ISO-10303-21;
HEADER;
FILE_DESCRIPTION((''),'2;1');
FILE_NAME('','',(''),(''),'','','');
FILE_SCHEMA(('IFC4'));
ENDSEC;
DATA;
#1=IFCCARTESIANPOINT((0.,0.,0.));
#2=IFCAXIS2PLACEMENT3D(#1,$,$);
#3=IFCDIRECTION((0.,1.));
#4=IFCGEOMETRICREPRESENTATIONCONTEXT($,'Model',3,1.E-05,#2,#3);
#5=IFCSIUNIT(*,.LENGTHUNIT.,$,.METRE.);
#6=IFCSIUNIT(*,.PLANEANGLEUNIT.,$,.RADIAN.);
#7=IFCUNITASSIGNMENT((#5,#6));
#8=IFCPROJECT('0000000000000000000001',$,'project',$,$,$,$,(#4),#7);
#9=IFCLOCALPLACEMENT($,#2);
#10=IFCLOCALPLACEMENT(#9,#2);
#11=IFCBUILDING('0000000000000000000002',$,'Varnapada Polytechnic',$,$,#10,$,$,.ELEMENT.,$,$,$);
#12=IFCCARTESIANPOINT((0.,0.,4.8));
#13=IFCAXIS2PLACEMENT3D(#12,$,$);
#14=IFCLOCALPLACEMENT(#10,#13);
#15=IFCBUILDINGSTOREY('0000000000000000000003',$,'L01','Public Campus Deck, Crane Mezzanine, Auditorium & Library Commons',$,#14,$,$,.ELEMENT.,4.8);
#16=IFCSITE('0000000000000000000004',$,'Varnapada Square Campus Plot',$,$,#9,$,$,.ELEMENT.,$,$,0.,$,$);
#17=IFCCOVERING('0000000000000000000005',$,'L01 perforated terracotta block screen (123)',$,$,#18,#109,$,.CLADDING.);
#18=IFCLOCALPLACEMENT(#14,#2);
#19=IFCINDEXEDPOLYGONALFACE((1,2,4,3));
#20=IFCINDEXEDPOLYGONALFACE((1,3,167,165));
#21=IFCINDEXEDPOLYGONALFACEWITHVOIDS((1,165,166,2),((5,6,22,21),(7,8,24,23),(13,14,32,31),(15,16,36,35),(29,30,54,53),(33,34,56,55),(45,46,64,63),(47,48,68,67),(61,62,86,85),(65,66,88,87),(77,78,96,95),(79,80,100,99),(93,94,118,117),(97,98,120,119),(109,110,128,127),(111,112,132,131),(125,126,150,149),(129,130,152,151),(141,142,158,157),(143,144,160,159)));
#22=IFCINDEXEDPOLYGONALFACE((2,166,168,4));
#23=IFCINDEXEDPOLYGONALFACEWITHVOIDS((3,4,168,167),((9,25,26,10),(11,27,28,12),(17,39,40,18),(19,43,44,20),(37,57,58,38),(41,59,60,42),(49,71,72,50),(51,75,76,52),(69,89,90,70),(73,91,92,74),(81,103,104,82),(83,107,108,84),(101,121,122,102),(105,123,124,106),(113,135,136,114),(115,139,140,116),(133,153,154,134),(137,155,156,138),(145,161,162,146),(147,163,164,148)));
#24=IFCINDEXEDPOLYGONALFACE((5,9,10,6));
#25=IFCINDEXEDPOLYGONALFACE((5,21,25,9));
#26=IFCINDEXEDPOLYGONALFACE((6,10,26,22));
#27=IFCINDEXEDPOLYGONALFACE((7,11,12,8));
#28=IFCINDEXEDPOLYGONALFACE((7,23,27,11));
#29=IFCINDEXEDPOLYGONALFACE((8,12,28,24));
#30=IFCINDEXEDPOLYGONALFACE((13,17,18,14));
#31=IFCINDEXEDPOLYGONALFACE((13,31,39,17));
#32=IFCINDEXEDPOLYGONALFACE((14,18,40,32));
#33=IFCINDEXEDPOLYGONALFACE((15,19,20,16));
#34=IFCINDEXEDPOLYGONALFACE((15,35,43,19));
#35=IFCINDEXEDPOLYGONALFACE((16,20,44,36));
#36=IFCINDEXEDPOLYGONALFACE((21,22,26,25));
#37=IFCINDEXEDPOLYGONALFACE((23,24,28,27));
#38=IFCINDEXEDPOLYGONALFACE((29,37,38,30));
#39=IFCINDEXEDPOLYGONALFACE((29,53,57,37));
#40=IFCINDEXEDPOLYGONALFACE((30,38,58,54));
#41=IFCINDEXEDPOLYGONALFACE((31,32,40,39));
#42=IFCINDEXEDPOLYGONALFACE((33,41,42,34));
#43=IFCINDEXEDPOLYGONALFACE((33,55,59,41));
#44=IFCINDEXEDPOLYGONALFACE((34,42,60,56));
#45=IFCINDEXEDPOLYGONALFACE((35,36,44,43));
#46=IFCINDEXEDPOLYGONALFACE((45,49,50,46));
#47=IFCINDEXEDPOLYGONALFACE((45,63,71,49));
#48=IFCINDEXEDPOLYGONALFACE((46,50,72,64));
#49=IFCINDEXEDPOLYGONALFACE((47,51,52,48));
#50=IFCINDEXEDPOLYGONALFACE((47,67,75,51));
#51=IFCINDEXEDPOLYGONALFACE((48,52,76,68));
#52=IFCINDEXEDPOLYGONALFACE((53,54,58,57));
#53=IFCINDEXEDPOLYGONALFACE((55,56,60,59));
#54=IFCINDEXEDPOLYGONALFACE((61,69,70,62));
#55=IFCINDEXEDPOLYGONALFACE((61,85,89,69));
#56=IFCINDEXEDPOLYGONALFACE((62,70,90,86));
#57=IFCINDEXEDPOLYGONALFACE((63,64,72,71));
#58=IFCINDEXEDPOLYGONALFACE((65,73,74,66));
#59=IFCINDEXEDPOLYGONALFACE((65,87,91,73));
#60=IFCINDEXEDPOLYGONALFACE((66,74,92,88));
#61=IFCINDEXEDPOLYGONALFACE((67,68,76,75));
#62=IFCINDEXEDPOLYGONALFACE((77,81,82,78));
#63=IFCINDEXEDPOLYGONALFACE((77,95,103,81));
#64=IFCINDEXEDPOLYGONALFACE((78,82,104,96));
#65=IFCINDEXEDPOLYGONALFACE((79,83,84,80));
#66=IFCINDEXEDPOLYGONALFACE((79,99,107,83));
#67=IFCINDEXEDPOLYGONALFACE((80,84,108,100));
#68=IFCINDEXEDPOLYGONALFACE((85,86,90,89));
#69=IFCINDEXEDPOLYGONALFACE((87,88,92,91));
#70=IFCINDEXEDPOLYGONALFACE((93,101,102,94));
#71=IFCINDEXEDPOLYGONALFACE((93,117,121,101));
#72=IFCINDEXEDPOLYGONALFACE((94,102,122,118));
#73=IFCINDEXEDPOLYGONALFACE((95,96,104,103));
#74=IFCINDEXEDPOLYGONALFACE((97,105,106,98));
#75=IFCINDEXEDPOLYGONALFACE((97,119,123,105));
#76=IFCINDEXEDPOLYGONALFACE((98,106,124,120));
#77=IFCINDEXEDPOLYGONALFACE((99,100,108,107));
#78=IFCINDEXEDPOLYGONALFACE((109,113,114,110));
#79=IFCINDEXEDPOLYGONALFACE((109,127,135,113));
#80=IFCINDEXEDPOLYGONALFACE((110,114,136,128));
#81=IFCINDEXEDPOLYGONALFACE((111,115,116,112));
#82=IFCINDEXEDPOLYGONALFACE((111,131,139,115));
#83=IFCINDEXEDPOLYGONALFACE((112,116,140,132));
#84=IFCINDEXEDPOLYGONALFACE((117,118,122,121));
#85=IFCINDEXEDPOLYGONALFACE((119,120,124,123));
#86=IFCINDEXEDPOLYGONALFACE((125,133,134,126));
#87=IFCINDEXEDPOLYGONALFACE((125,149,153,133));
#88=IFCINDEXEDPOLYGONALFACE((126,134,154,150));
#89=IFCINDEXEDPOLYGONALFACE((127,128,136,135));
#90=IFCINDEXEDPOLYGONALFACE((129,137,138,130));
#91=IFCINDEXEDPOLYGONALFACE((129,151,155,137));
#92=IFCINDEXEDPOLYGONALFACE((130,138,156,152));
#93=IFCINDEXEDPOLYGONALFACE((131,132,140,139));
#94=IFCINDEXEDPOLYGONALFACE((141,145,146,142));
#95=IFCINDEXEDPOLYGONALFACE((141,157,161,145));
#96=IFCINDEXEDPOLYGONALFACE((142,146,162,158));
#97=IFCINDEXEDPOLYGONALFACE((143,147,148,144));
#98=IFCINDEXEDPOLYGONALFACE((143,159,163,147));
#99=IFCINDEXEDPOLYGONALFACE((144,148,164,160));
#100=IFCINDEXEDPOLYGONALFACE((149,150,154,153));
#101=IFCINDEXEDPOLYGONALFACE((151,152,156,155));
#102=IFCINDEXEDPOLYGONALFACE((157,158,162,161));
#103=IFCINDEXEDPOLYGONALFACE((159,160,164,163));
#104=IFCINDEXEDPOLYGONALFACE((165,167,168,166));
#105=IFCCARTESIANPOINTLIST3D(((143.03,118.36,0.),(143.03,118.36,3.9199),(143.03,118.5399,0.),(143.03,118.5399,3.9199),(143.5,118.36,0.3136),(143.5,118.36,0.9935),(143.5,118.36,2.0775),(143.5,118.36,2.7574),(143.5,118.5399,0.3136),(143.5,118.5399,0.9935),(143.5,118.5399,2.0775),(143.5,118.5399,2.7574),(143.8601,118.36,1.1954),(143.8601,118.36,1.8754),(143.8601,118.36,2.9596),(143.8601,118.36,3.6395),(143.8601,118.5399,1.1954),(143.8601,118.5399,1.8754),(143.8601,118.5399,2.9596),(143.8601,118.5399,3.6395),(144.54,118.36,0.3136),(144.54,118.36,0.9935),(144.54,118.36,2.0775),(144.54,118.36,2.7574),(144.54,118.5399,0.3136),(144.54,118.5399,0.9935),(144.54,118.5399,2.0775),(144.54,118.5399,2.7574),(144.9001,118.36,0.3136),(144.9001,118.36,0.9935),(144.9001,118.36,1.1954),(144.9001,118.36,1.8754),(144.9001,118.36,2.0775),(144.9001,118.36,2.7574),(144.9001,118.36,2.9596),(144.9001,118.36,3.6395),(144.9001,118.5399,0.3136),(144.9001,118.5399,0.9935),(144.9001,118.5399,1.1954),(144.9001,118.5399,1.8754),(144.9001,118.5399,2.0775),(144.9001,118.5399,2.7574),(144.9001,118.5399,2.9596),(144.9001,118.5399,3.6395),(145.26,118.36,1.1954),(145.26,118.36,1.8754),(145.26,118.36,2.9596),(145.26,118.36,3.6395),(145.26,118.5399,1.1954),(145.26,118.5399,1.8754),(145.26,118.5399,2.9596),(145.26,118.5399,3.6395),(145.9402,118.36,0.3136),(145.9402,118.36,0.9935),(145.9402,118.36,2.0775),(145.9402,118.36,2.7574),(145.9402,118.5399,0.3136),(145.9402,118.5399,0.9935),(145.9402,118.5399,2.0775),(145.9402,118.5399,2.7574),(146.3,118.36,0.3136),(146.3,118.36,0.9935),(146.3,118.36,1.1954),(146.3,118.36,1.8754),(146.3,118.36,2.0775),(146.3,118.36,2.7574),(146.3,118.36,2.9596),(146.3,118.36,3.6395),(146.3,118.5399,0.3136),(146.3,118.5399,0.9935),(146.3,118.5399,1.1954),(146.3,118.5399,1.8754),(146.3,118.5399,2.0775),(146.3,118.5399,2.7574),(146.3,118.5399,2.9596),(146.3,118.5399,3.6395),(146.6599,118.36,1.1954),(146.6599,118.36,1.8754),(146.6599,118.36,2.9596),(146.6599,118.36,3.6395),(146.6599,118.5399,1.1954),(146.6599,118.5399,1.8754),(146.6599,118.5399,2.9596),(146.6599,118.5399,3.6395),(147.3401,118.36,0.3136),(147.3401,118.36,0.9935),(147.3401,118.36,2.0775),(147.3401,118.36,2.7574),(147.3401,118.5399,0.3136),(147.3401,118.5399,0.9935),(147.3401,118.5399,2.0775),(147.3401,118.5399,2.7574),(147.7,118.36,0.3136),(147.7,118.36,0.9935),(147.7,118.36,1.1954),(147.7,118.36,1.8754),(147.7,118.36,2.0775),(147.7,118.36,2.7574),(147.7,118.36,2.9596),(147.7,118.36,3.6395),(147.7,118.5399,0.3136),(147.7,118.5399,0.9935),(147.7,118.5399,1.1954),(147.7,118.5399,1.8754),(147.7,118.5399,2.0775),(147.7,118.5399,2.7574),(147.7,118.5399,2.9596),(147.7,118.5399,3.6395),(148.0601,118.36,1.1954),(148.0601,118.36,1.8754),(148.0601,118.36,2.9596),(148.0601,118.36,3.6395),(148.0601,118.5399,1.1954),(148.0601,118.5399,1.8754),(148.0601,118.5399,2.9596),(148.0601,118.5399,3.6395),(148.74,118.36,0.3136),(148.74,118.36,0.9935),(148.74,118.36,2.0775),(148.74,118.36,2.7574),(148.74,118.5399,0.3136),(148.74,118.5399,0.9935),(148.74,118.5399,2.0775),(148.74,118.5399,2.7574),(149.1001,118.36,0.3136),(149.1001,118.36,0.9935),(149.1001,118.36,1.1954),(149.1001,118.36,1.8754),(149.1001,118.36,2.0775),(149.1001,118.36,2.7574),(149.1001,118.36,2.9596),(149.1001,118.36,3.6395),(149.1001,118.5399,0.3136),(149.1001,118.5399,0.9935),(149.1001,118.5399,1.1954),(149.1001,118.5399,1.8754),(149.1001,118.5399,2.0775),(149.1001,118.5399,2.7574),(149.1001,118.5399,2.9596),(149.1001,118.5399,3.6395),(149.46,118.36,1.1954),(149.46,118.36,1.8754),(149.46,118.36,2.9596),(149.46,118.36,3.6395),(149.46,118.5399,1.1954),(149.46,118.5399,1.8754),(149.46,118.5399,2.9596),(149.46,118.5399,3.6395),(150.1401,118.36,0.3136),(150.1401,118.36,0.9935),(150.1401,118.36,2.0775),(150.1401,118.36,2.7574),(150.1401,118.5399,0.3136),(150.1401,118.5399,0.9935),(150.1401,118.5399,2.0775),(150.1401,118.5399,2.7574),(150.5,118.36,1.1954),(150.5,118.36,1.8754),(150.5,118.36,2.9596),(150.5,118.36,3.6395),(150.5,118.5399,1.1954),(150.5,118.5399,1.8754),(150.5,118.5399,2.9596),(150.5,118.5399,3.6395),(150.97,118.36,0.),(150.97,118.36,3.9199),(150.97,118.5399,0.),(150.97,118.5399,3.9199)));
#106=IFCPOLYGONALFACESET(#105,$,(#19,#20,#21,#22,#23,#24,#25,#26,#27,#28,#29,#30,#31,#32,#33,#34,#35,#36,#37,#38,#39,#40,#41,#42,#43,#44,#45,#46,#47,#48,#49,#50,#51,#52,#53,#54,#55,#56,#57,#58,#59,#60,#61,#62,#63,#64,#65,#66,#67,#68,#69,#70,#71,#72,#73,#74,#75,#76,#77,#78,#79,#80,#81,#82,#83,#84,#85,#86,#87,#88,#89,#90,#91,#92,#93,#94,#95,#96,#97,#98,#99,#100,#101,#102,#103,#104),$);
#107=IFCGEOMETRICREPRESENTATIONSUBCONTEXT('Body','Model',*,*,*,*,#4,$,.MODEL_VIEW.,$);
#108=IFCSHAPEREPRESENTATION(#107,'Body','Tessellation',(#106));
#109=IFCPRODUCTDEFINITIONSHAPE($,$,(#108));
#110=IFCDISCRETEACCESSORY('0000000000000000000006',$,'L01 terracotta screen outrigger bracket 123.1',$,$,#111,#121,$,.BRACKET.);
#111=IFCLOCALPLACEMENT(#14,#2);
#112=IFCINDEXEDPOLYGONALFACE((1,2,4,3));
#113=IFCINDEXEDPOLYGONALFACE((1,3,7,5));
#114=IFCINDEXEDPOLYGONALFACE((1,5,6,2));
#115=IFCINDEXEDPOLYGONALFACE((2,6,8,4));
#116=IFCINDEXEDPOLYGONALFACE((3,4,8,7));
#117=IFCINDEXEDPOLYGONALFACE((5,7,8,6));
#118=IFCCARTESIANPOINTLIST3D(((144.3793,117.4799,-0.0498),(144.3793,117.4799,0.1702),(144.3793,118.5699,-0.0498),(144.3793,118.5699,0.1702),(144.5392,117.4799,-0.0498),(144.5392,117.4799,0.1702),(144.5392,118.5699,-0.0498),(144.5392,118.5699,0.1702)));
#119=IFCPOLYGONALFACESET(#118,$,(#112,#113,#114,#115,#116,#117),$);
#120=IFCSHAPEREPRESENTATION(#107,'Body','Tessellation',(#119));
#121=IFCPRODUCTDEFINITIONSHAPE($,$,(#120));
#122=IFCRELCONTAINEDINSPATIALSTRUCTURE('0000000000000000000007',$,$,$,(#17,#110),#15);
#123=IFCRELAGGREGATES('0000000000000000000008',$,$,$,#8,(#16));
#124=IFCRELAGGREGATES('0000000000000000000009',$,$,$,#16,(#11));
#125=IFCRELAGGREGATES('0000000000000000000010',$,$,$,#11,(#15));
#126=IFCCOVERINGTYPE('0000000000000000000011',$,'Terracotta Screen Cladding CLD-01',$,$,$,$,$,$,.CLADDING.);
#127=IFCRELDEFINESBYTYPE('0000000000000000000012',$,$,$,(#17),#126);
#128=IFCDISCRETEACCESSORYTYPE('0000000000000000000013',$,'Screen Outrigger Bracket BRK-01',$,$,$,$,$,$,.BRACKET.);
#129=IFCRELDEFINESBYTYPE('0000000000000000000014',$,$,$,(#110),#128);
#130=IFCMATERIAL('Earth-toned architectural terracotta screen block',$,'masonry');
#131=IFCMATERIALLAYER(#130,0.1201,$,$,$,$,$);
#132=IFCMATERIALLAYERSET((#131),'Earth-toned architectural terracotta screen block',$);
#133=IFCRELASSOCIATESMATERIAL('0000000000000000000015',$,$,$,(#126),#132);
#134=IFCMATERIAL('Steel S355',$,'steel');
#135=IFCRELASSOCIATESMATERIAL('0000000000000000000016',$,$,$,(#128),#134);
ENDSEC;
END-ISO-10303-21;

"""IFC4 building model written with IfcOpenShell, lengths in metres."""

from ifc_helpers import new_model, si_unit, direction, frame, frame_2d, origin, origin_2d, place, context, subcontext, project, spatial, rectangle, extrude, material, layer, layer_set, type_object, element, save


model = new_model("IFC4")

# Units and contexts
model_context = context("Model", 3, precision=1e-05, world=origin(), true_north=direction((0.0, 1.0)))
body_context = subcontext(model_context, "Body", "Model", "MODEL_VIEW")
ifc_project = project(units=[si_unit("LENGTHUNIT", "METRE"), si_unit("PLANEANGLEUNIT", "RADIAN")], contexts=[model_context])

# Site, building, storey
site_placement = place(None, origin())
site = spatial("IfcSite", under=ifc_project, at=site_placement, Name="Varnapada Square Campus Plot", CompositionType="ELEMENT", RefElevation=0.0)
building_placement = place(site_placement, origin())
building = spatial("IfcBuilding", under=site, at=building_placement, Name="Varnapada Polytechnic", CompositionType="ELEMENT")
storey_placement = place(building_placement, frame((0.0, 0.0, 4.8)))
storey = spatial("IfcBuildingStorey", under=building, at=storey_placement, Name="L01", Description="Public Campus Deck, Crane Mezzanine, Auditorium & Library Commons", CompositionType="ELEMENT", Elevation=4.8)

# Shared definitions
ifc_material_1 = material(Name="Steel S355", Category="steel")

# Covering, openings
ifc_material_2 = material(Name="Earth-toned architectural terracotta screen block", Category="masonry")
ifc_layer_1 = layer(ifc_material_2, 0.1201)
ifc_layer_set_1 = layer_set([ifc_layer_1], Name="Earth-toned architectural terracotta screen block")
covering_type = type_object("IfcCoveringType", Name="Terracotta Screen Cladding CLD-01", PredefinedType="CLADDING", material=ifc_layer_set_1)
covering_placement = place(storey_placement, frame((143.03, 118.45, 0.0), z_axis=(0.0, 0.0, 1.0), x_axis=(1.0, 0.0, 0.0)))
covering = element("IfcCovering", 1, at=covering_placement, inside=storey, type_object=covering_type, Name="L01 perforated terracotta block screen (123)", PredefinedType="CLADDING", context=body_context, shape_type="SweptSolid", body=[
    extrude(rectangle(XDim=7.9399, YDim=0.1799, at=frame_2d((3.97, 0.0))), origin(), (0.0, 0.0, 1.0), 3.9199),
])
opening_1_placement = place(covering_placement, frame((0.47, 0.0, 0.3137)))
element("IfcOpeningElement", 2, at=opening_1_placement, cuts=covering, PredefinedType="OPENING", context=body_context, shape_type="SweptSolid", body=[
    extrude(rectangle(XDim=1.04, YDim=0.6799, at=frame_2d((0.52, 0.3398))), frame((0.0, 0.0999, 0.0), z_axis=(0.0, -1.0, 0.0), x_axis=(1.0, 0.0, 0.0)), (0.0, 0.0, 1.0), 0.2),
])
opening_2_placement = place(covering_placement, frame((1.8701, 0.0, 0.3137)))
element("IfcOpeningElement", 3, at=opening_2_placement, cuts=covering, PredefinedType="OPENING", context=body_context, shape_type="SweptSolid", body=[
    extrude(rectangle(XDim=1.04, YDim=0.6799, at=frame_2d((0.52, 0.3398))), frame((0.0, 0.0999, 0.0), z_axis=(0.0, -1.0, 0.0), x_axis=(1.0, 0.0, 0.0)), (0.0, 0.0, 1.0), 0.2),
])
opening_3_placement = place(covering_placement, frame((3.27, 0.0, 0.3137)))
element("IfcOpeningElement", 4, at=opening_3_placement, cuts=covering, PredefinedType="OPENING", context=body_context, shape_type="SweptSolid", body=[
    extrude(rectangle(XDim=1.04, YDim=0.6799, at=frame_2d((0.52, 0.3398))), frame((0.0, 0.0999, 0.0), z_axis=(0.0, -1.0, 0.0), x_axis=(1.0, 0.0, 0.0)), (0.0, 0.0, 1.0), 0.2),
])
opening_4_placement = place(covering_placement, frame((4.6699, 0.0, 0.3137)))
element("IfcOpeningElement", 5, at=opening_4_placement, cuts=covering, PredefinedType="OPENING", context=body_context, shape_type="SweptSolid", body=[
    extrude(rectangle(XDim=1.04, YDim=0.6799, at=frame_2d((0.52, 0.3398))), frame((0.0, 0.0999, 0.0), z_axis=(0.0, -1.0, 0.0), x_axis=(1.0, 0.0, 0.0)), (0.0, 0.0, 1.0), 0.2),
])
opening_5_placement = place(covering_placement, frame((6.0701, 0.0, 0.3137)))
element("IfcOpeningElement", 6, at=opening_5_placement, cuts=covering, PredefinedType="OPENING", context=body_context, shape_type="SweptSolid", body=[
    extrude(rectangle(XDim=1.04, YDim=0.6799, at=frame_2d((0.52, 0.3398))), frame((0.0, 0.0999, 0.0), z_axis=(0.0, -1.0, 0.0), x_axis=(1.0, 0.0, 0.0)), (0.0, 0.0, 1.0), 0.2),
])
opening_6_placement = place(covering_placement, frame((0.8301, 0.0, 1.1956)))
element("IfcOpeningElement", 7, at=opening_6_placement, cuts=covering, PredefinedType="OPENING", context=body_context, shape_type="SweptSolid", body=[
    extrude(rectangle(XDim=1.04, YDim=0.6799, at=frame_2d((0.52, 0.3398))), frame((0.0, 0.0999, 0.0), z_axis=(0.0, -1.0, 0.0), x_axis=(1.0, 0.0, 0.0)), (0.0, 0.0, 1.0), 0.2),
])
opening_7_placement = place(covering_placement, frame((2.23, 0.0, 1.1956)))
element("IfcOpeningElement", 8, at=opening_7_placement, cuts=covering, PredefinedType="OPENING", context=body_context, shape_type="SweptSolid", body=[
    extrude(rectangle(XDim=1.04, YDim=0.6799, at=frame_2d((0.52, 0.3398))), frame((0.0, 0.0999, 0.0), z_axis=(0.0, -1.0, 0.0), x_axis=(1.0, 0.0, 0.0)), (0.0, 0.0, 1.0), 0.2),
])
opening_8_placement = place(covering_placement, frame((3.6299, 0.0, 1.1956)))
element("IfcOpeningElement", 9, at=opening_8_placement, cuts=covering, PredefinedType="OPENING", context=body_context, shape_type="SweptSolid", body=[
    extrude(rectangle(XDim=1.04, YDim=0.6799, at=frame_2d((0.52, 0.3398))), frame((0.0, 0.0999, 0.0), z_axis=(0.0, -1.0, 0.0), x_axis=(1.0, 0.0, 0.0)), (0.0, 0.0, 1.0), 0.2),
])
opening_9_placement = place(covering_placement, frame((5.03, 0.0, 1.1956)))
element("IfcOpeningElement", 10, at=opening_9_placement, cuts=covering, PredefinedType="OPENING", context=body_context, shape_type="SweptSolid", body=[
    extrude(rectangle(XDim=1.04, YDim=0.6799, at=frame_2d((0.52, 0.3398))), frame((0.0, 0.0999, 0.0), z_axis=(0.0, -1.0, 0.0), x_axis=(1.0, 0.0, 0.0)), (0.0, 0.0, 1.0), 0.2),
])
opening_10_placement = place(covering_placement, frame((6.4299, 0.0, 1.1956)))
element("IfcOpeningElement", 11, at=opening_10_placement, cuts=covering, PredefinedType="OPENING", context=body_context, shape_type="SweptSolid", body=[
    extrude(rectangle(XDim=1.04, YDim=0.6799, at=frame_2d((0.52, 0.3398))), frame((0.0, 0.0999, 0.0), z_axis=(0.0, -1.0, 0.0), x_axis=(1.0, 0.0, 0.0)), (0.0, 0.0, 1.0), 0.2),
])
opening_11_placement = place(covering_placement, frame((0.47, 0.0, 2.0776)))
element("IfcOpeningElement", 12, at=opening_11_placement, cuts=covering, PredefinedType="OPENING", context=body_context, shape_type="SweptSolid", body=[
    extrude(rectangle(XDim=1.04, YDim=0.6799, at=frame_2d((0.52, 0.3398))), frame((0.0, 0.0999, 0.0), z_axis=(0.0, -1.0, 0.0), x_axis=(1.0, 0.0, 0.0)), (0.0, 0.0, 1.0), 0.2),
])
opening_12_placement = place(covering_placement, frame((1.8701, 0.0, 2.0776)))
element("IfcOpeningElement", 13, at=opening_12_placement, cuts=covering, PredefinedType="OPENING", context=body_context, shape_type="SweptSolid", body=[
    extrude(rectangle(XDim=1.04, YDim=0.6799, at=frame_2d((0.52, 0.3398))), frame((0.0, 0.0999, 0.0), z_axis=(0.0, -1.0, 0.0), x_axis=(1.0, 0.0, 0.0)), (0.0, 0.0, 1.0), 0.2),
])
opening_13_placement = place(covering_placement, frame((3.27, 0.0, 2.0776)))
element("IfcOpeningElement", 14, at=opening_13_placement, cuts=covering, PredefinedType="OPENING", context=body_context, shape_type="SweptSolid", body=[
    extrude(rectangle(XDim=1.04, YDim=0.6799, at=frame_2d((0.52, 0.3398))), frame((0.0, 0.0999, 0.0), z_axis=(0.0, -1.0, 0.0), x_axis=(1.0, 0.0, 0.0)), (0.0, 0.0, 1.0), 0.2),
])
opening_14_placement = place(covering_placement, frame((4.6699, 0.0, 2.0776)))
element("IfcOpeningElement", 15, at=opening_14_placement, cuts=covering, PredefinedType="OPENING", context=body_context, shape_type="SweptSolid", body=[
    extrude(rectangle(XDim=1.04, YDim=0.6799, at=frame_2d((0.52, 0.3398))), frame((0.0, 0.0999, 0.0), z_axis=(0.0, -1.0, 0.0), x_axis=(1.0, 0.0, 0.0)), (0.0, 0.0, 1.0), 0.2),
])
opening_15_placement = place(covering_placement, frame((6.0701, 0.0, 2.0776)))
element("IfcOpeningElement", 16, at=opening_15_placement, cuts=covering, PredefinedType="OPENING", context=body_context, shape_type="SweptSolid", body=[
    extrude(rectangle(XDim=1.04, YDim=0.6799, at=frame_2d((0.52, 0.3398))), frame((0.0, 0.0999, 0.0), z_axis=(0.0, -1.0, 0.0), x_axis=(1.0, 0.0, 0.0)), (0.0, 0.0, 1.0), 0.2),
])
opening_16_placement = place(covering_placement, frame((0.8301, 0.0, 2.9597)))
element("IfcOpeningElement", 17, at=opening_16_placement, cuts=covering, PredefinedType="OPENING", context=body_context, shape_type="SweptSolid", body=[
    extrude(rectangle(XDim=1.04, YDim=0.6799, at=frame_2d((0.52, 0.3398))), frame((0.0, 0.0999, 0.0), z_axis=(0.0, -1.0, 0.0), x_axis=(1.0, 0.0, 0.0)), (0.0, 0.0, 1.0), 0.2),
])
opening_17_placement = place(covering_placement, frame((2.23, 0.0, 2.9597)))
element("IfcOpeningElement", 18, at=opening_17_placement, cuts=covering, PredefinedType="OPENING", context=body_context, shape_type="SweptSolid", body=[
    extrude(rectangle(XDim=1.04, YDim=0.6799, at=frame_2d((0.52, 0.3398))), frame((0.0, 0.0999, 0.0), z_axis=(0.0, -1.0, 0.0), x_axis=(1.0, 0.0, 0.0)), (0.0, 0.0, 1.0), 0.2),
])
opening_18_placement = place(covering_placement, frame((3.6299, 0.0, 2.9597)))
element("IfcOpeningElement", 19, at=opening_18_placement, cuts=covering, PredefinedType="OPENING", context=body_context, shape_type="SweptSolid", body=[
    extrude(rectangle(XDim=1.04, YDim=0.6799, at=frame_2d((0.52, 0.3398))), frame((0.0, 0.0999, 0.0), z_axis=(0.0, -1.0, 0.0), x_axis=(1.0, 0.0, 0.0)), (0.0, 0.0, 1.0), 0.2),
])
opening_19_placement = place(covering_placement, frame((5.03, 0.0, 2.9597)))
element("IfcOpeningElement", 20, at=opening_19_placement, cuts=covering, PredefinedType="OPENING", context=body_context, shape_type="SweptSolid", body=[
    extrude(rectangle(XDim=1.04, YDim=0.6799, at=frame_2d((0.52, 0.3398))), frame((0.0, 0.0999, 0.0), z_axis=(0.0, -1.0, 0.0), x_axis=(1.0, 0.0, 0.0)), (0.0, 0.0, 1.0), 0.2),
])
opening_20_placement = place(covering_placement, frame((6.4299, 0.0, 2.9597)))
element("IfcOpeningElement", 21, at=opening_20_placement, cuts=covering, PredefinedType="OPENING", context=body_context, shape_type="SweptSolid", body=[
    extrude(rectangle(XDim=1.04, YDim=0.6799, at=frame_2d((0.52, 0.3398))), frame((0.0, 0.0999, 0.0), z_axis=(0.0, -1.0, 0.0), x_axis=(1.0, 0.0, 0.0)), (0.0, 0.0, 1.0), 0.2),
])

# Discrete accessory
discrete_accessory_type = type_object("IfcDiscreteAccessoryType", Name="Screen Outrigger Bracket BRK-01", PredefinedType="BRACKET", material=ifc_material_1)
for number, where, z_axis, x_axis, name in (
    (22, (144.4592, 118.0249, -0.0498), (0.0, 0.0, 1.0), (1.0, 0.0, 0.0), "L01 terracotta screen outrigger bracket 123.1"),
):
    element("IfcDiscreteAccessory", number, at=place(storey_placement, frame(where, z_axis=z_axis, x_axis=x_axis)), inside=storey, type_object=discrete_accessory_type, Name=name, PredefinedType="BRACKET", context=body_context, shape_type="SweptSolid", body=[
        extrude(rectangle(XDim=0.1599, YDim=1.0901, at=origin_2d()), origin(), (0.0, 0.0, 1.0), 0.22),
    ])

save(model, "model.ifc")
